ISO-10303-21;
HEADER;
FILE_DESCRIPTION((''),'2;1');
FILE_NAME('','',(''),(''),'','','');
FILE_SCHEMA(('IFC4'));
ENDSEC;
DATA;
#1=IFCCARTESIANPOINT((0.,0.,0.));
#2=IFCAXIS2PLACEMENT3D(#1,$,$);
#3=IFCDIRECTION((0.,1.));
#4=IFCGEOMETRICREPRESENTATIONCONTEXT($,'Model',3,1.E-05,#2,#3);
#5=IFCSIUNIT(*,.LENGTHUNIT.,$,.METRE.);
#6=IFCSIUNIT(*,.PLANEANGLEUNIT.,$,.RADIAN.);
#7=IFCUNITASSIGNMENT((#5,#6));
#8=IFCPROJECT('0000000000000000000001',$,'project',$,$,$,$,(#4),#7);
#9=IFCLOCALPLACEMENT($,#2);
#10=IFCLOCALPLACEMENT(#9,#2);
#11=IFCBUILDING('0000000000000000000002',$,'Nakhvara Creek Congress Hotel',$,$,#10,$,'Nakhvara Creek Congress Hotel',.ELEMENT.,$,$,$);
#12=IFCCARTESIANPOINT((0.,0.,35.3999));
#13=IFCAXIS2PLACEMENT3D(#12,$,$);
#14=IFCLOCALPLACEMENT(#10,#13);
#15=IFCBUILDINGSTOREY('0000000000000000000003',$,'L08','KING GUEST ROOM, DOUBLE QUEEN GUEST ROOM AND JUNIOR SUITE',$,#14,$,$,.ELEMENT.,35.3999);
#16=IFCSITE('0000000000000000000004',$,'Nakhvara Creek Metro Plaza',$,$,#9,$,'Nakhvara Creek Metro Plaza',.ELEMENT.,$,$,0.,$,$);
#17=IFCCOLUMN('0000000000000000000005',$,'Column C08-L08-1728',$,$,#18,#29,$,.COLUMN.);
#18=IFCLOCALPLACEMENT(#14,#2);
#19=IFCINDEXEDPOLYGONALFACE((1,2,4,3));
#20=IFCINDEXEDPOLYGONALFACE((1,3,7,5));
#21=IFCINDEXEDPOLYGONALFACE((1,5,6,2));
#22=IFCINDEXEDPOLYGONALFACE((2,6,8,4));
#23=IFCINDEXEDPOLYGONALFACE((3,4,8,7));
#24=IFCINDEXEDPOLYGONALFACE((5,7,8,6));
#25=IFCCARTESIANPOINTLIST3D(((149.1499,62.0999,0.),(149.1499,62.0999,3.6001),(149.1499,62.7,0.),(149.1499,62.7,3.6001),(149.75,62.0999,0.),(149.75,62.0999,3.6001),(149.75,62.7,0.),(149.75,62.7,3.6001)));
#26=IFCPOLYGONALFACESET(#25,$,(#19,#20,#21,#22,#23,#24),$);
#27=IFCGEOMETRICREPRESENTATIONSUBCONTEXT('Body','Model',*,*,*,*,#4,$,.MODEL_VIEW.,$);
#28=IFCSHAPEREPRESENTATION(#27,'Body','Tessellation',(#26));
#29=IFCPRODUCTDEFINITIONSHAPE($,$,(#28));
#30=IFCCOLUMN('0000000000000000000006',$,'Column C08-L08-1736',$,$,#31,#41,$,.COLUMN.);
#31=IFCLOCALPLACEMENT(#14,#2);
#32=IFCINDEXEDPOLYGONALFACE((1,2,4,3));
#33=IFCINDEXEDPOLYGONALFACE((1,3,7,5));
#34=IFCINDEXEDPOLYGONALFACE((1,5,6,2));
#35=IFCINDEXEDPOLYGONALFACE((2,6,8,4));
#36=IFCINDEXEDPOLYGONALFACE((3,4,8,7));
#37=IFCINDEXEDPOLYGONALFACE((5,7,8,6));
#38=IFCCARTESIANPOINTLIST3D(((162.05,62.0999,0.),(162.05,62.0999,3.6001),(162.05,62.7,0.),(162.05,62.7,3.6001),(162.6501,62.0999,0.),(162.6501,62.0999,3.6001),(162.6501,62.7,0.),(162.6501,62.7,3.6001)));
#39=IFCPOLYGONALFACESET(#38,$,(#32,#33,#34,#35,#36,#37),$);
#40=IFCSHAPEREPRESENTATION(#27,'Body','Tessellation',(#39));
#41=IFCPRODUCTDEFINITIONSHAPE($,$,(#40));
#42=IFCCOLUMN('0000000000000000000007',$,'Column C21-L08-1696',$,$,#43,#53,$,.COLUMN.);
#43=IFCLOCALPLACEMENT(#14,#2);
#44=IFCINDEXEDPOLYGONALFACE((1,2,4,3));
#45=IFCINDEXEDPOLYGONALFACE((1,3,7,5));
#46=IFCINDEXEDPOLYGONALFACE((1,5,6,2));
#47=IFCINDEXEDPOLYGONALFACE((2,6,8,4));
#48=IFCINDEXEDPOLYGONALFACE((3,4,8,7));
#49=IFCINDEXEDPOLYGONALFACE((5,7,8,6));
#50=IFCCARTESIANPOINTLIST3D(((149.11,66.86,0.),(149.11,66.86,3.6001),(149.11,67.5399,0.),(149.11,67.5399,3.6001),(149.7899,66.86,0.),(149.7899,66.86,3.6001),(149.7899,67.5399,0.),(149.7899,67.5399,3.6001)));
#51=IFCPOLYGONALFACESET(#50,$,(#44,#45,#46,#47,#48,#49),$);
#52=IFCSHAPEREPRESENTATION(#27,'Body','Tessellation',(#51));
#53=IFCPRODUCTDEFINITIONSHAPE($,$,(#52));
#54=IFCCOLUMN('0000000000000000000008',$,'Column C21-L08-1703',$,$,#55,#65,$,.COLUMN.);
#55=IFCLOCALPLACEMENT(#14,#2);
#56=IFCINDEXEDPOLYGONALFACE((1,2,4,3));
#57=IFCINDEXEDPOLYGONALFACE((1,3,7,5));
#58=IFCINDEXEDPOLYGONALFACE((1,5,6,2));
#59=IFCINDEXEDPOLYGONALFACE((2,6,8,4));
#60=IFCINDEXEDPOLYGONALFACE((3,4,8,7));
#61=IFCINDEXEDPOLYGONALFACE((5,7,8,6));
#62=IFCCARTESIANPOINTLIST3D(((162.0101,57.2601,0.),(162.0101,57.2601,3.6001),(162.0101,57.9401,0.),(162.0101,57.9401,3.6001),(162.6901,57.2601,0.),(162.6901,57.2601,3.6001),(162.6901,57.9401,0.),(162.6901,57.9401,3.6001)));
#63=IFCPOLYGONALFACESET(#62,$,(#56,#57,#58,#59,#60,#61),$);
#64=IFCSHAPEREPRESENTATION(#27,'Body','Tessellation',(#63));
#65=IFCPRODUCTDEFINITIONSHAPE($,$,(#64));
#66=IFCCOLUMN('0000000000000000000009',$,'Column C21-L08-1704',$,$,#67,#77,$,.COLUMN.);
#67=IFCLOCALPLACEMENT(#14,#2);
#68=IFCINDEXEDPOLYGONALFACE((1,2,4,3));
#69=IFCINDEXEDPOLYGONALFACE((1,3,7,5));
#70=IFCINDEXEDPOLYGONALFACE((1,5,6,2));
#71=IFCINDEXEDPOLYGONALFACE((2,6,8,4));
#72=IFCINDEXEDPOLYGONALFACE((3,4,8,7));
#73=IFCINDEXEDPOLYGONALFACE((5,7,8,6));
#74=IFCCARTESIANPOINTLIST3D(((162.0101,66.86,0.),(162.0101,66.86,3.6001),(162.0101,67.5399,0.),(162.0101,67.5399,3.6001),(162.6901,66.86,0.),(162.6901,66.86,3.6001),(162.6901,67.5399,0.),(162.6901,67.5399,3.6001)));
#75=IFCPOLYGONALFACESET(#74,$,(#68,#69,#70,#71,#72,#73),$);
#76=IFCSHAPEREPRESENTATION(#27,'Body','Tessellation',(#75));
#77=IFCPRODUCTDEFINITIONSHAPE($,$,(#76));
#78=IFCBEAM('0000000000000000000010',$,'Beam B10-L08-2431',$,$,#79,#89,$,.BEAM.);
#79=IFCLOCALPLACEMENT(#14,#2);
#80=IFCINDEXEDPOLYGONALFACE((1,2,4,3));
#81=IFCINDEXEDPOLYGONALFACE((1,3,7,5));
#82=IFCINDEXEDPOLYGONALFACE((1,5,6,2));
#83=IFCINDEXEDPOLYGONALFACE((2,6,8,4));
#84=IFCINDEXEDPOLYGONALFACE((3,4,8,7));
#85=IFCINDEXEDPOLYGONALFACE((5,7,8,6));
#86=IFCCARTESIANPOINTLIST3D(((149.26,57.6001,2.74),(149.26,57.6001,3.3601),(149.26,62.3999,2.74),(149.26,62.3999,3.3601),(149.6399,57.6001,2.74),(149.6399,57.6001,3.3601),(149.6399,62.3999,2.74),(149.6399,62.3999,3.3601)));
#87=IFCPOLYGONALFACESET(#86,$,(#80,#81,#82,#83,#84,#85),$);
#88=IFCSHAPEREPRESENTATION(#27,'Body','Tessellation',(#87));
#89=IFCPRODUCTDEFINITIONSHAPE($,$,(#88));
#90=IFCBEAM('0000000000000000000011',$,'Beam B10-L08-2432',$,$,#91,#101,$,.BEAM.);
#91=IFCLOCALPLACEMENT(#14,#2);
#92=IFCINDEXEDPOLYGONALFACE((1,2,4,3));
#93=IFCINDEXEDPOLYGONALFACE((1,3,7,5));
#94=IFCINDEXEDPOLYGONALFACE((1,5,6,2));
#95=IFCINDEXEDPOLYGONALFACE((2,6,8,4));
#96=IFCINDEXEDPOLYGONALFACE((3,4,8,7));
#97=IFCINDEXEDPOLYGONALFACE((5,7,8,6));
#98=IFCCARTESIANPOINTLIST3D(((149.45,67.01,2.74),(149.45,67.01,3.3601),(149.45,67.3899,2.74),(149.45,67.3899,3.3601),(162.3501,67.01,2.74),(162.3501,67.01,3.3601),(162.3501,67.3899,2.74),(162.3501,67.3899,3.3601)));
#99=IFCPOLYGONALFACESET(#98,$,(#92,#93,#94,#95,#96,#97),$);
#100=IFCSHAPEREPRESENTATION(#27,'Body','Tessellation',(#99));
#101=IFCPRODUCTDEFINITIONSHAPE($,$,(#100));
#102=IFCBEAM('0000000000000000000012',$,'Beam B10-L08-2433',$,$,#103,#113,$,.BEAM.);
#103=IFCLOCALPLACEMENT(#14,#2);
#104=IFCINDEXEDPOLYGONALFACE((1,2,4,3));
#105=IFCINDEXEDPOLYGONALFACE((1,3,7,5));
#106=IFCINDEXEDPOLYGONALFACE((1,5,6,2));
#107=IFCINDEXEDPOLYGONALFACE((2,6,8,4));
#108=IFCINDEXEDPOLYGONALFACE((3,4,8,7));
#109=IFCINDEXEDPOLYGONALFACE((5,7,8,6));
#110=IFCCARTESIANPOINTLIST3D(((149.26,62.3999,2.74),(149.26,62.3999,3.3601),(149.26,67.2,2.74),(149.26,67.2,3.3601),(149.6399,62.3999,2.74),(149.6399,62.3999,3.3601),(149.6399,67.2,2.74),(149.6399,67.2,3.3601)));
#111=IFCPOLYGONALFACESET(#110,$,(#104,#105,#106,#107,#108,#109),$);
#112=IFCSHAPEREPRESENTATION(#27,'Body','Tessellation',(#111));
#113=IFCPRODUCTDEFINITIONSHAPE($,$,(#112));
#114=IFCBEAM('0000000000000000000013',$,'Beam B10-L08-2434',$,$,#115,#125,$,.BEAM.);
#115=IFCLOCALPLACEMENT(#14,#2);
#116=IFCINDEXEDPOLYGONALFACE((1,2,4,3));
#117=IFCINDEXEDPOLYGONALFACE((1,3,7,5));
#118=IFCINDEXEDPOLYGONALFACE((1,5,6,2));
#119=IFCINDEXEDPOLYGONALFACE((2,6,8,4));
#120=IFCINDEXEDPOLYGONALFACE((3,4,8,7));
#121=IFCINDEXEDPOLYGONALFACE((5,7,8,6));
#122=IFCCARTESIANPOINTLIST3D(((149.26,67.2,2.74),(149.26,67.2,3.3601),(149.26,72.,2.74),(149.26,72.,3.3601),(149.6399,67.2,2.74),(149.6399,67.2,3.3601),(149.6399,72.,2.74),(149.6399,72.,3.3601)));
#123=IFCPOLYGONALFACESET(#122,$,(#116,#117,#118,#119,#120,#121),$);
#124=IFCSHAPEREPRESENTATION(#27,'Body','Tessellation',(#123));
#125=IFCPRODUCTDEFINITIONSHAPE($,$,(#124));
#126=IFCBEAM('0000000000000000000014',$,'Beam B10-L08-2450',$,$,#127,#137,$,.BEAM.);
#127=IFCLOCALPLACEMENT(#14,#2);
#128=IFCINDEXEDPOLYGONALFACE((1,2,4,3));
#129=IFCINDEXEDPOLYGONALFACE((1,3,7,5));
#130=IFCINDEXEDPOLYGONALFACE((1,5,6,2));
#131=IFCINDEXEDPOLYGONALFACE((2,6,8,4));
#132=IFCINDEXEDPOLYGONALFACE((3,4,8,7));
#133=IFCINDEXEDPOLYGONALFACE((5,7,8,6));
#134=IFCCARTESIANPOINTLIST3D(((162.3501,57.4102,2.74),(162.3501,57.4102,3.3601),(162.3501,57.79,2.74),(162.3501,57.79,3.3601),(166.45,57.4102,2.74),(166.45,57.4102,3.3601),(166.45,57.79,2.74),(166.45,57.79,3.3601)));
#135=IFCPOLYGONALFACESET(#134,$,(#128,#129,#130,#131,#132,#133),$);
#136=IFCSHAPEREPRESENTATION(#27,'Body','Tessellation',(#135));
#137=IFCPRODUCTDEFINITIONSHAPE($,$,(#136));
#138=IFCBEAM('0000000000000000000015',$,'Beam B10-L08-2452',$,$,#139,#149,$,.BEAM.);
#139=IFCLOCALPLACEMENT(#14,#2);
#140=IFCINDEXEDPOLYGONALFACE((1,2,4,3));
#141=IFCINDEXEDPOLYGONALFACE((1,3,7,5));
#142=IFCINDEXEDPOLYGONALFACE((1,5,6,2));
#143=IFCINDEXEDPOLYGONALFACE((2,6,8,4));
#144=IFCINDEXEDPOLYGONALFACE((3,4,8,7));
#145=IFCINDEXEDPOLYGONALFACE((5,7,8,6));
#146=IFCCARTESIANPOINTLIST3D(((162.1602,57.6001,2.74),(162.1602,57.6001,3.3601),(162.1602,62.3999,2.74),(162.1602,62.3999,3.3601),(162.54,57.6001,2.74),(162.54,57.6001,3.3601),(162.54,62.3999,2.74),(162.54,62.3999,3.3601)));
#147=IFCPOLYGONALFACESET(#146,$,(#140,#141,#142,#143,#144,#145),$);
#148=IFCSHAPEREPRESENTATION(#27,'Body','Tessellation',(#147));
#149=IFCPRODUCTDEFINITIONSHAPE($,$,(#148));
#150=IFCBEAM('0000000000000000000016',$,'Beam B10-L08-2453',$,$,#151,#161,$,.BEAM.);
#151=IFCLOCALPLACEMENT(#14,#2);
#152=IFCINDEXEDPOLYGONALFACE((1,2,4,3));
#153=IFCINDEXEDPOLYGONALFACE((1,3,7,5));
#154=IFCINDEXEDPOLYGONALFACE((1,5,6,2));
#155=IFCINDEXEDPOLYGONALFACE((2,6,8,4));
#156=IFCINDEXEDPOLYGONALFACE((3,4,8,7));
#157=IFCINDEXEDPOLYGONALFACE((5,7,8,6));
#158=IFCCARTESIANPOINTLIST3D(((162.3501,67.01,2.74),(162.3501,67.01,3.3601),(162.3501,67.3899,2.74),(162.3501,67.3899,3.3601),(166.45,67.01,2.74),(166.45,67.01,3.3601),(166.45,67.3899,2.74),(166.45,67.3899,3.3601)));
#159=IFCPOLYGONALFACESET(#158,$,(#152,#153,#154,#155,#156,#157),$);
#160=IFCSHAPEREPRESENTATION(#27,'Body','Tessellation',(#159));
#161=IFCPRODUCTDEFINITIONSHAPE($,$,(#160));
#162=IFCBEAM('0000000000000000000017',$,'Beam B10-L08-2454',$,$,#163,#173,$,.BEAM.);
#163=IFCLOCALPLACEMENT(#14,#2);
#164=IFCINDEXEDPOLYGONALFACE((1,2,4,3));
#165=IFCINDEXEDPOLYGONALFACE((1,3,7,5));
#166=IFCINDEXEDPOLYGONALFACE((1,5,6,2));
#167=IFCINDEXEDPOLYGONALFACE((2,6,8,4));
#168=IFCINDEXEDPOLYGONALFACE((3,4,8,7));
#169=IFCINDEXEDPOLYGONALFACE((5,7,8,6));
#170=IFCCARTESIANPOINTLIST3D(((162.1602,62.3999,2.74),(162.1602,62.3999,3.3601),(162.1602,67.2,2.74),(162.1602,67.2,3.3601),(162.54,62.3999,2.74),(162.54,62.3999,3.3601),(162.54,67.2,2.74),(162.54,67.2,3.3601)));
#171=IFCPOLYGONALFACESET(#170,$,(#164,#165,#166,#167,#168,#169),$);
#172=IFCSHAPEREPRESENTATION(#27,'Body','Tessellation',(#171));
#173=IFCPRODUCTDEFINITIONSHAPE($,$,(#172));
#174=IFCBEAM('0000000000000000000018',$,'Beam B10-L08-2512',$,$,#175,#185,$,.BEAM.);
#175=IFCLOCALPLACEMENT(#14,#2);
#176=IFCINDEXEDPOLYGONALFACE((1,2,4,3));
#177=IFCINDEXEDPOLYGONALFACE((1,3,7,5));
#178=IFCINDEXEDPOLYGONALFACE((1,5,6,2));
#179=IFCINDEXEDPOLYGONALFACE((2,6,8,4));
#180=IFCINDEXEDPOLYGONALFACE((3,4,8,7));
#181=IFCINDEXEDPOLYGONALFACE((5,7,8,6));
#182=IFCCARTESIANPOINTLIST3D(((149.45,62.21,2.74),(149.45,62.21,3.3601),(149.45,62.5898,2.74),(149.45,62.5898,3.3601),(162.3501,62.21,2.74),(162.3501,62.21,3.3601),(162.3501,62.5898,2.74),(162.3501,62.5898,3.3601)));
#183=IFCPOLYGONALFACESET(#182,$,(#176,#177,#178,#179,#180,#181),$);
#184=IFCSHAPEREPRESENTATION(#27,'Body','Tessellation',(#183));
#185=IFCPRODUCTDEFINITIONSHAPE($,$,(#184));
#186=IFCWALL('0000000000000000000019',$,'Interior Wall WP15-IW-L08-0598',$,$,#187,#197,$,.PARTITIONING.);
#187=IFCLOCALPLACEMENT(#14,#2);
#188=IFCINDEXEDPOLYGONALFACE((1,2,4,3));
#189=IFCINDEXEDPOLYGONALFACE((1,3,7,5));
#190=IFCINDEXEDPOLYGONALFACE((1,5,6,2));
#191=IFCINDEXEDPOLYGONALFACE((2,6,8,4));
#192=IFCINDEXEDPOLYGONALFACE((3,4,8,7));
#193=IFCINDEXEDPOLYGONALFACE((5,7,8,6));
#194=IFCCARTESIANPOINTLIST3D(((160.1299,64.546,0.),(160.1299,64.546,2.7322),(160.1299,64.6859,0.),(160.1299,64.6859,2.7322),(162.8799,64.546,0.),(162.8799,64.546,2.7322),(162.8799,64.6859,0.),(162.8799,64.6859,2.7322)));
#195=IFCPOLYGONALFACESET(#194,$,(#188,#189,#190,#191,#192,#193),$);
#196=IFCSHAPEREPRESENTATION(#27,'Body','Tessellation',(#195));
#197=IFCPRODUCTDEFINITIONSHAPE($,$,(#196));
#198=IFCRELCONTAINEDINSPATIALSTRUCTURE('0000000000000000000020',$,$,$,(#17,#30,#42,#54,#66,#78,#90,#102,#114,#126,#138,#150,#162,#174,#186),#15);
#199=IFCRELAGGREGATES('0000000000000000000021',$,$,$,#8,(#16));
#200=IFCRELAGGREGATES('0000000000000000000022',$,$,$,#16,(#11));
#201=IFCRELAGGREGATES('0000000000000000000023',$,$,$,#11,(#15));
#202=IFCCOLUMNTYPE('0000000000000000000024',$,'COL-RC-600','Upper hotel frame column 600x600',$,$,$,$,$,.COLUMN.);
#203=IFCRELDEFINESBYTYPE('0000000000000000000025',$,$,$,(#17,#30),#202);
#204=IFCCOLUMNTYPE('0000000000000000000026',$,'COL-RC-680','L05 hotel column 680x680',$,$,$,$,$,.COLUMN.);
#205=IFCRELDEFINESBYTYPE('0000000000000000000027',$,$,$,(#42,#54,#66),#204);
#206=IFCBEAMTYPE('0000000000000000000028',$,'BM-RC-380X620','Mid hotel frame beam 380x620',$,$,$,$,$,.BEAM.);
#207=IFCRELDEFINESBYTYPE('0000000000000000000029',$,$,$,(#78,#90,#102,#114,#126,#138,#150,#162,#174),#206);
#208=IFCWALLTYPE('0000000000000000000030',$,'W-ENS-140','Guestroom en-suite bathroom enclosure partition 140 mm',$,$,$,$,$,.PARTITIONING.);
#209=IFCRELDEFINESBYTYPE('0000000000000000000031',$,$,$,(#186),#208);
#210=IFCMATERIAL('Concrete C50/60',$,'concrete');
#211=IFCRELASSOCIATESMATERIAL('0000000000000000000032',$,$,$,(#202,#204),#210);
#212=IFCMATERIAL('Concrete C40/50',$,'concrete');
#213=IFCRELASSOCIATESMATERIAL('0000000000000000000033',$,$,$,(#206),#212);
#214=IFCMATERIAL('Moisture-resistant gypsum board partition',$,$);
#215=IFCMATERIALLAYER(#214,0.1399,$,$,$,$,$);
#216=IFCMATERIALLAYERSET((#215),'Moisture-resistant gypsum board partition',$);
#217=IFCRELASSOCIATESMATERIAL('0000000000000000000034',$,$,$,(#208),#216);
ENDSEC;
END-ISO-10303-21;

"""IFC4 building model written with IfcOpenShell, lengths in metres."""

from ifc_helpers import new_model, si_unit, direction, frame, frame_2d, origin, origin_2d, place, context, subcontext, project, spatial, rectangle, extrude, material, layer, layer_set, material_profile, profile_set, type_object, element, save


model = new_model("IFC4")

# Units and contexts
model_context = context("Model", 3, precision=1e-05, world=origin(), true_north=direction((0.0, 1.0)))
body_context = subcontext(model_context, "Body", "Model", "MODEL_VIEW")
ifc_project = project(units=[si_unit("LENGTHUNIT", "METRE"), si_unit("PLANEANGLEUNIT", "RADIAN")], contexts=[model_context])

# Site, building, storey
site_placement = place(None, origin())
site = spatial("IfcSite", under=ifc_project, at=site_placement, Name="Nakhvara Creek Metro Plaza", LongName="Nakhvara Creek Metro Plaza", CompositionType="ELEMENT", RefElevation=0.0)
building_placement = place(site_placement, origin())
building = spatial("IfcBuilding", under=site, at=building_placement, Name="Nakhvara Creek Congress Hotel", LongName="Nakhvara Creek Congress Hotel", CompositionType="ELEMENT")
storey_placement = place(building_placement, frame((0.0, 0.0, 35.3999)))
storey = spatial("IfcBuildingStorey", under=building, at=storey_placement, Name="L08", Description="KING GUEST ROOM, DOUBLE QUEEN GUEST ROOM AND JUNIOR SUITE", CompositionType="ELEMENT", Elevation=35.3999)

# Columns
ifc_material_1 = material(Name="Concrete C50/60", Category="concrete")
ifc_material_profile_1 = material_profile(ifc_material_1, rectangle(XDim=0.6001, YDim=0.6001, at=origin_2d()), Name="RC-COL 600x600", Category="LoadBearing")
ifc_profile_set_1 = profile_set([ifc_material_profile_1], Name="Concrete C50/60")
column_type_1 = type_object("IfcColumnType", Name="COL-RC-600", Description="Upper hotel frame column 600x600", PredefinedType="COLUMN", material=ifc_profile_set_1)
for number, where, z_axis, x_axis, name in (
    (1, (149.45, 62.3999, 0.0), (0.0, 0.0, 1.0), (1.0, 0.0, 0.0), "Column C08-L08-1728"),
    (2, (162.3501, 62.3999, 0.0), (0.0, 0.0, 1.0), (1.0, 0.0, 0.0), "Column C08-L08-1736"),
):
    element("IfcColumn", number, at=place(storey_placement, frame(where, z_axis=z_axis, x_axis=x_axis)), inside=storey, type_object=column_type_1, Name=name, PredefinedType="COLUMN", context=body_context, shape_type="SweptSolid", body=[
        extrude(rectangle(XDim=0.6001, YDim=0.6001, at=origin_2d()), origin(), (0.0, 0.0, 1.0), 3.6001),
    ])
ifc_material_profile_2 = material_profile(ifc_material_1, rectangle(XDim=0.6799, YDim=0.6799, at=origin_2d()), Name="RC-COL 680x680", Category="LoadBearing")
ifc_profile_set_2 = profile_set([ifc_material_profile_2], Name="Concrete C50/60")
column_type_2 = type_object("IfcColumnType", Name="COL-RC-680", Description="L05 hotel column 680x680", PredefinedType="COLUMN", material=ifc_profile_set_2)
for number, where, z_axis, x_axis, name in (
    (3, (149.45, 67.2, 0.0), (0.0, 0.0, 1.0), (1.0, 0.0, 0.0), "Column C21-L08-1696"),
    (4, (162.3501, 57.6001, 0.0), (0.0, 0.0, 1.0), (1.0, 0.0, 0.0), "Column C21-L08-1703"),
    (5, (162.3501, 67.2, 0.0), (0.0, 0.0, 1.0), (1.0, 0.0, 0.0), "Column C21-L08-1704"),
):
    element("IfcColumn", number, at=place(storey_placement, frame(where, z_axis=z_axis, x_axis=x_axis)), inside=storey, type_object=column_type_2, Name=name, PredefinedType="COLUMN", context=body_context, shape_type="SweptSolid", body=[
        extrude(rectangle(XDim=0.6799, YDim=0.6799, at=origin_2d()), origin(), (0.0, 0.0, 1.0), 3.6001),
    ])

# Beams
ifc_material_2 = material(Name="Concrete C40/50", Category="concrete")
ifc_material_profile_3 = material_profile(ifc_material_2, rectangle(XDim=0.3799, YDim=0.6201, at=origin_2d()), Name="RC-BM 380x620", Category="LoadBearing")
ifc_profile_set_3 = profile_set([ifc_material_profile_3], Name="Concrete C40/50")
beam_type = type_object("IfcBeamType", Name="BM-RC-380X620", Description="Mid hotel frame beam 380x620", PredefinedType="BEAM", material=ifc_profile_set_3)
beam_1_placement = place(storey_placement, frame((149.45, 57.6001, 3.05), z_axis=(0.0, 1.0, 0.0), x_axis=(-1.0, 0.0, 0.0)))
element("IfcBeam", 6, at=beam_1_placement, inside=storey, type_object=beam_type, Name="Beam B10-L08-2431", PredefinedType="BEAM", context=body_context, shape_type="SweptSolid", body=[
    extrude(rectangle(XDim=0.3799, YDim=0.6201, at=origin_2d()), origin(), (0.0, 0.0, 1.0), 4.7998),
])
beam_2_placement = place(storey_placement, frame((149.45, 67.2, 3.05), z_axis=(1.0, 0.0, 0.0), x_axis=(0.0, 1.0, 0.0)))
element("IfcBeam", 7, at=beam_2_placement, inside=storey, type_object=beam_type, Name="Beam B10-L08-2432", PredefinedType="BEAM", context=body_context, shape_type="SweptSolid", body=[
    extrude(rectangle(XDim=0.3799, YDim=0.6201, at=origin_2d()), origin(), (0.0, 0.0, 1.0), 12.9001),
])
for number, where, z_axis, x_axis, name in (
    (8, (149.45, 62.3999, 3.05), (0.0, 1.0, 0.0), (-1.0, 0.0, 0.0), "Beam B10-L08-2433"),
    (9, (149.45, 67.2, 3.05), (0.0, 1.0, 0.0), (-1.0, 0.0, 0.0), "Beam B10-L08-2434"),
):
    element("IfcBeam", number, at=place(storey_placement, frame(where, z_axis=z_axis, x_axis=x_axis)), inside=storey, type_object=beam_type, Name=name, PredefinedType="BEAM", context=body_context, shape_type="SweptSolid", body=[
        extrude(rectangle(XDim=0.3799, YDim=0.6201, at=origin_2d()), origin(), (0.0, 0.0, 1.0), 4.8),
    ])
beam_3_placement = place(storey_placement, frame((162.3501, 57.6001, 3.05), z_axis=(1.0, 0.0, 0.0), x_axis=(0.0, 1.0, 0.0)))
element("IfcBeam", 10, at=beam_3_placement, inside=storey, type_object=beam_type, Name="Beam B10-L08-2450", PredefinedType="BEAM", context=body_context, shape_type="SweptSolid", body=[
    extrude(rectangle(XDim=0.3799, YDim=0.6201, at=origin_2d()), origin(), (0.0, 0.0, 1.0), 4.0999),
])
beam_4_placement = place(storey_placement, frame((162.3501, 57.6001, 3.05), z_axis=(0.0, 1.0, 0.0), x_axis=(-1.0, 0.0, 0.0)))
element("IfcBeam", 11, at=beam_4_placement, inside=storey, type_object=beam_type, Name="Beam B10-L08-2452", PredefinedType="BEAM", context=body_context, shape_type="SweptSolid", body=[
    extrude(rectangle(XDim=0.3799, YDim=0.6201, at=origin_2d()), origin(), (0.0, 0.0, 1.0), 4.7998),
])
beam_5_placement = place(storey_placement, frame((162.3501, 67.2, 3.05), z_axis=(1.0, 0.0, 0.0), x_axis=(0.0, 1.0, 0.0)))
element("IfcBeam", 12, at=beam_5_placement, inside=storey, type_object=beam_type, Name="Beam B10-L08-2453", PredefinedType="BEAM", context=body_context, shape_type="SweptSolid", body=[
    extrude(rectangle(XDim=0.3799, YDim=0.6201, at=origin_2d()), origin(), (0.0, 0.0, 1.0), 4.0999),
])
beam_6_placement = place(storey_placement, frame((162.3501, 62.3999, 3.05), z_axis=(0.0, 1.0, 0.0), x_axis=(-1.0, 0.0, 0.0)))
element("IfcBeam", 13, at=beam_6_placement, inside=storey, type_object=beam_type, Name="Beam B10-L08-2454", PredefinedType="BEAM", context=body_context, shape_type="SweptSolid", body=[
    extrude(rectangle(XDim=0.3799, YDim=0.6201, at=origin_2d()), origin(), (0.0, 0.0, 1.0), 4.8),
])
beam_7_placement = place(storey_placement, frame((149.45, 62.3999, 3.05), z_axis=(1.0, 0.0, 0.0), x_axis=(0.0, 1.0, 0.0)))
element("IfcBeam", 14, at=beam_7_placement, inside=storey, type_object=beam_type, Name="Beam B10-L08-2512", PredefinedType="BEAM", context=body_context, shape_type="SweptSolid", body=[
    extrude(rectangle(XDim=0.3799, YDim=0.6201, at=origin_2d()), origin(), (0.0, 0.0, 1.0), 12.9001),
])

# Shared definitions
ifc_material_3 = material(Name="Moisture-resistant gypsum board partition")
ifc_layer_1 = layer(ifc_material_3, 0.1399)
ifc_layer_set_1 = layer_set([ifc_layer_1], Name="Moisture-resistant gypsum board partition")
wall_type_1 = type_object("IfcWallType", Name="W-ENS-140", Description="Guestroom en-suite bathroom enclosure partition 140 mm", PredefinedType="PARTITIONING", material=ifc_layer_set_1)

# Wall
wall_1_placement = place(storey_placement, frame((160.1299, 64.616, 0.0), z_axis=(0.0, 0.0, 1.0), x_axis=(1.0, 0.0, 0.0)))
element("IfcWall", 15, at=wall_1_placement, inside=storey, type_object=wall_type_1, Name="Interior Wall WP15-IW-L08-0598", PredefinedType="PARTITIONING", context=body_context, shape_type="SweptSolid", body=[
    extrude(rectangle(XDim=2.75, YDim=0.1399, at=frame_2d((1.375, 0.0))), origin(), (0.0, 0.0, 1.0), 2.7322),
])

save(model, "model.ifc")
